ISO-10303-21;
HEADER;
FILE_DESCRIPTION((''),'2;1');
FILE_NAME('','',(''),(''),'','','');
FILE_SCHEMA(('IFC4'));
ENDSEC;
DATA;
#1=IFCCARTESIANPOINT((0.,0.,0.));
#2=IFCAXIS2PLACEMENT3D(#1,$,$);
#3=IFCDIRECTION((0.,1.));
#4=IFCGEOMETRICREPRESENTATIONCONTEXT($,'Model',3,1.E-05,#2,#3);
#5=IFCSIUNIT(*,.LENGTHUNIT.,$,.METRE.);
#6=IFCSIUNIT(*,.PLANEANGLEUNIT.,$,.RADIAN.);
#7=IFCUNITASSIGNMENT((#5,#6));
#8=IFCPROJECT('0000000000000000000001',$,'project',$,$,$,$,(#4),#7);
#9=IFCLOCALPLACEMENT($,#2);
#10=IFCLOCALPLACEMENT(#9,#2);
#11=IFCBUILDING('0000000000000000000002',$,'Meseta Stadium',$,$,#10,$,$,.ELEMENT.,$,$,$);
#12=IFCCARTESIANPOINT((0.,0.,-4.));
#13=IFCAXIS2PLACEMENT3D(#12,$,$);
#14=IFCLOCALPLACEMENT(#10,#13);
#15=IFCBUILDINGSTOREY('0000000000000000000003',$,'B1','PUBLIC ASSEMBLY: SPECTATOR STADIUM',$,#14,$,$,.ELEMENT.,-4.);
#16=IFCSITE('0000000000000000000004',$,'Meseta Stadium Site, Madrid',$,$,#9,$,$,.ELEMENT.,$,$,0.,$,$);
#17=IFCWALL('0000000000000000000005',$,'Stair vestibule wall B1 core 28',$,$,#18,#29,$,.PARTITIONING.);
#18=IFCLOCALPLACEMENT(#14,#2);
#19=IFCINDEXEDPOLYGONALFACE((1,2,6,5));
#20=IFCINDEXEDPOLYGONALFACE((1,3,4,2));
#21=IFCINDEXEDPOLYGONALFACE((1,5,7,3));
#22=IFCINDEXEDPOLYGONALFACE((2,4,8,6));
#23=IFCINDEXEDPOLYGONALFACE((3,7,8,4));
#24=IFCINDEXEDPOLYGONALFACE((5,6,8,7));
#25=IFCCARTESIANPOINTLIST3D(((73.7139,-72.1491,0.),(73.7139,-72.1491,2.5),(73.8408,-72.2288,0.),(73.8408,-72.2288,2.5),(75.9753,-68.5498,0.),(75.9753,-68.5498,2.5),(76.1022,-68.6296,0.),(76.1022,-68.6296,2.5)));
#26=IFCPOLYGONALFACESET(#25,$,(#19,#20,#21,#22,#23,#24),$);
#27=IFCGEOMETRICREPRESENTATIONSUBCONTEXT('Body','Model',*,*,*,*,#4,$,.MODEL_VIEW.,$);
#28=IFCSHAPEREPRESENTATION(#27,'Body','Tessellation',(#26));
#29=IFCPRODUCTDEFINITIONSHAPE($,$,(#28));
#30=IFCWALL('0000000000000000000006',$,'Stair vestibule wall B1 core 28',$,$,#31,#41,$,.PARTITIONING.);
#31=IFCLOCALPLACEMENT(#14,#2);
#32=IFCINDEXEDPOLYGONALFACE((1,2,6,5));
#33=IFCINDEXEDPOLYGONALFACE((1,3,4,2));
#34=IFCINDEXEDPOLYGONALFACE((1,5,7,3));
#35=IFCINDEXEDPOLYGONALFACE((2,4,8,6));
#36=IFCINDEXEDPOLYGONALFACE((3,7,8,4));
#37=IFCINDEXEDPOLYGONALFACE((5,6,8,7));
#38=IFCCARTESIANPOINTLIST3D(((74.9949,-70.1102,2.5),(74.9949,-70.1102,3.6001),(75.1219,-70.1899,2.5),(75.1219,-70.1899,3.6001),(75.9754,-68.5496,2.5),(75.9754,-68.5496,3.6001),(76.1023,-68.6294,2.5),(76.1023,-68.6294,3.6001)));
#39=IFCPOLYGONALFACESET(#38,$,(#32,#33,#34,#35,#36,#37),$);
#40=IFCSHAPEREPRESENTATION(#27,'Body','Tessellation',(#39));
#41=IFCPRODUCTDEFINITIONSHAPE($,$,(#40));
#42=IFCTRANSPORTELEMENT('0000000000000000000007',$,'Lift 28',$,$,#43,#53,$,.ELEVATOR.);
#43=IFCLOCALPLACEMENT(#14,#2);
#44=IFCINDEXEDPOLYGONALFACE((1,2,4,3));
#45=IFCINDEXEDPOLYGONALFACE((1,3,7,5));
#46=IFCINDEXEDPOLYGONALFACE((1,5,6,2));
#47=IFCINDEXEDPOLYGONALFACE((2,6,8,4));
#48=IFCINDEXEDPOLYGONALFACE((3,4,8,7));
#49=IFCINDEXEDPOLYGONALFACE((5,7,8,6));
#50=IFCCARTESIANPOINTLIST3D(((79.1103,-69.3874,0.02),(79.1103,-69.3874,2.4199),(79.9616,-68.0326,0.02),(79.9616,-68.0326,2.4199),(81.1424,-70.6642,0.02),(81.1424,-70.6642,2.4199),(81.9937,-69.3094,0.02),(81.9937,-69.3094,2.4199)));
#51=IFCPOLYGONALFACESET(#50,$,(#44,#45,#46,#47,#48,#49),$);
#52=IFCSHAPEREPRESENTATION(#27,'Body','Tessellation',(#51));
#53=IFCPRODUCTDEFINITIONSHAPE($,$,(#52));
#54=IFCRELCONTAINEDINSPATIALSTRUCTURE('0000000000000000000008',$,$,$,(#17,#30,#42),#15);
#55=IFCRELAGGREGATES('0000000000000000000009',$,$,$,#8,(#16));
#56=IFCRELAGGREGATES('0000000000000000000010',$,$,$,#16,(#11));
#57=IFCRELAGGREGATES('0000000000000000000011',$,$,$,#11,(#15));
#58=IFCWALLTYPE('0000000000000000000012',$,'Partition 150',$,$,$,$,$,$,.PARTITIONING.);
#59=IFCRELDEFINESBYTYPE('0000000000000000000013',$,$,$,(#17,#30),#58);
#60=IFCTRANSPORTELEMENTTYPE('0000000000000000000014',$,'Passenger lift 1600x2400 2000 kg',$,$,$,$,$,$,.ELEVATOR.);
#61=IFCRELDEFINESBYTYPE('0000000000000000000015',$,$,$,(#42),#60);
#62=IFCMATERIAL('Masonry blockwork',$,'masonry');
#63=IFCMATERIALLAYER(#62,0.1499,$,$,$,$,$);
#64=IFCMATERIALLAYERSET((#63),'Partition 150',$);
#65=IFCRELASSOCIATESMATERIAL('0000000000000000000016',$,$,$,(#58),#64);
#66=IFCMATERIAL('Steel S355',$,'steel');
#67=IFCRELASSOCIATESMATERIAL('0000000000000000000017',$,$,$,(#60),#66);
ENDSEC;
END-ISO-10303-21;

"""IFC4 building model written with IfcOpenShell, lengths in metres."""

from ifc_helpers import new_model, si_unit, direction, frame, frame_2d, origin, origin_2d, place, context, subcontext, project, spatial, rectangle, extrude, material, layer, layer_set, type_object, element, save


model = new_model("IFC4")

# Units and contexts
model_context = context("Model", 3, precision=1e-05, world=origin(), true_north=direction((0.0, 1.0)))
body_context = subcontext(model_context, "Body", "Model", "MODEL_VIEW")
ifc_project = project(units=[si_unit("LENGTHUNIT", "METRE"), si_unit("PLANEANGLEUNIT", "RADIAN")], contexts=[model_context])

# Site, building, storey
site_placement = place(None, origin())
site = spatial("IfcSite", under=ifc_project, at=site_placement, Name="Meseta Stadium Site, Madrid", CompositionType="ELEMENT", RefElevation=0.0)
building_placement = place(site_placement, origin())
building = spatial("IfcBuilding", under=site, at=building_placement, Name="Meseta Stadium", CompositionType="ELEMENT")
storey_placement = place(building_placement, frame((0.0, 0.0, -4.0)))
storey = spatial("IfcBuildingStorey", under=building, at=storey_placement, Name="B1", Description="PUBLIC ASSEMBLY: SPECTATOR STADIUM", CompositionType="ELEMENT", Elevation=-4.0)

# Shared definitions
ifc_material_1 = material(Name="Masonry blockwork", Category="masonry")
ifc_layer_1 = layer(ifc_material_1, 0.1499)
ifc_layer_set_1 = layer_set([ifc_layer_1], Name="Partition 150")
wall_type_1 = type_object("IfcWallType", Name="Partition 150", PredefinedType="PARTITIONING", material=ifc_layer_set_1)

# Walls
wall_1_placement = place(storey_placement, frame((76.0388, -68.5896, 0.0), z_axis=(0.0, 0.0, 1.0), x_axis=(-0.532006, -0.846741, 0.0)))
element("IfcWall", 1, at=wall_1_placement, inside=storey, type_object=wall_type_1, Name="Stair vestibule wall B1 core 28", PredefinedType="PARTITIONING", context=body_context, shape_type="SweptSolid", body=[
    extrude(rectangle(XDim=4.2507, YDim=0.1499, at=frame_2d((2.1255, 0.0))), origin(), (0.0, 0.0, 1.0), 2.5),
])
wall_2_placement = place(storey_placement, frame((76.0388, -68.5896, 2.5), z_axis=(0.0, 0.0, 1.0), x_axis=(-0.531998, -0.846746, 0.0)))
element("IfcWall", 2, at=wall_2_placement, inside=storey, type_object=wall_type_1, Name="Stair vestibule wall B1 core 28", PredefinedType="PARTITIONING", context=body_context, shape_type="SweptSolid", body=[
    extrude(rectangle(XDim=1.843, YDim=0.1499, at=frame_2d((0.9214, 0.0))), origin(), (0.0, 0.0, 1.0), 1.1001),
])

# Transport element
ifc_material_2 = material(Name="Steel S355", Category="steel")
transport_element_type = type_object("IfcTransportElementType", Name="Passenger lift 1600x2400 2000 kg", PredefinedType="ELEVATOR", material=ifc_material_2)
transport_element_placement = place(storey_placement, frame((80.552, -69.3484, 0.02), z_axis=(0.0, 0.0, 1.0), x_axis=(-0.846724, 0.532033, 0.0)))
element("IfcTransportElement", 3, at=transport_element_placement, inside=storey, type_object=transport_element_type, Name="Lift 28", PredefinedType="ELEVATOR", context=body_context, shape_type="SweptSolid", body=[
    extrude(rectangle(XDim=2.3999, YDim=1.6001, at=origin_2d()), origin(), (0.0, 0.0, 1.0), 2.3999),
])

save(model, "model.ifc")
